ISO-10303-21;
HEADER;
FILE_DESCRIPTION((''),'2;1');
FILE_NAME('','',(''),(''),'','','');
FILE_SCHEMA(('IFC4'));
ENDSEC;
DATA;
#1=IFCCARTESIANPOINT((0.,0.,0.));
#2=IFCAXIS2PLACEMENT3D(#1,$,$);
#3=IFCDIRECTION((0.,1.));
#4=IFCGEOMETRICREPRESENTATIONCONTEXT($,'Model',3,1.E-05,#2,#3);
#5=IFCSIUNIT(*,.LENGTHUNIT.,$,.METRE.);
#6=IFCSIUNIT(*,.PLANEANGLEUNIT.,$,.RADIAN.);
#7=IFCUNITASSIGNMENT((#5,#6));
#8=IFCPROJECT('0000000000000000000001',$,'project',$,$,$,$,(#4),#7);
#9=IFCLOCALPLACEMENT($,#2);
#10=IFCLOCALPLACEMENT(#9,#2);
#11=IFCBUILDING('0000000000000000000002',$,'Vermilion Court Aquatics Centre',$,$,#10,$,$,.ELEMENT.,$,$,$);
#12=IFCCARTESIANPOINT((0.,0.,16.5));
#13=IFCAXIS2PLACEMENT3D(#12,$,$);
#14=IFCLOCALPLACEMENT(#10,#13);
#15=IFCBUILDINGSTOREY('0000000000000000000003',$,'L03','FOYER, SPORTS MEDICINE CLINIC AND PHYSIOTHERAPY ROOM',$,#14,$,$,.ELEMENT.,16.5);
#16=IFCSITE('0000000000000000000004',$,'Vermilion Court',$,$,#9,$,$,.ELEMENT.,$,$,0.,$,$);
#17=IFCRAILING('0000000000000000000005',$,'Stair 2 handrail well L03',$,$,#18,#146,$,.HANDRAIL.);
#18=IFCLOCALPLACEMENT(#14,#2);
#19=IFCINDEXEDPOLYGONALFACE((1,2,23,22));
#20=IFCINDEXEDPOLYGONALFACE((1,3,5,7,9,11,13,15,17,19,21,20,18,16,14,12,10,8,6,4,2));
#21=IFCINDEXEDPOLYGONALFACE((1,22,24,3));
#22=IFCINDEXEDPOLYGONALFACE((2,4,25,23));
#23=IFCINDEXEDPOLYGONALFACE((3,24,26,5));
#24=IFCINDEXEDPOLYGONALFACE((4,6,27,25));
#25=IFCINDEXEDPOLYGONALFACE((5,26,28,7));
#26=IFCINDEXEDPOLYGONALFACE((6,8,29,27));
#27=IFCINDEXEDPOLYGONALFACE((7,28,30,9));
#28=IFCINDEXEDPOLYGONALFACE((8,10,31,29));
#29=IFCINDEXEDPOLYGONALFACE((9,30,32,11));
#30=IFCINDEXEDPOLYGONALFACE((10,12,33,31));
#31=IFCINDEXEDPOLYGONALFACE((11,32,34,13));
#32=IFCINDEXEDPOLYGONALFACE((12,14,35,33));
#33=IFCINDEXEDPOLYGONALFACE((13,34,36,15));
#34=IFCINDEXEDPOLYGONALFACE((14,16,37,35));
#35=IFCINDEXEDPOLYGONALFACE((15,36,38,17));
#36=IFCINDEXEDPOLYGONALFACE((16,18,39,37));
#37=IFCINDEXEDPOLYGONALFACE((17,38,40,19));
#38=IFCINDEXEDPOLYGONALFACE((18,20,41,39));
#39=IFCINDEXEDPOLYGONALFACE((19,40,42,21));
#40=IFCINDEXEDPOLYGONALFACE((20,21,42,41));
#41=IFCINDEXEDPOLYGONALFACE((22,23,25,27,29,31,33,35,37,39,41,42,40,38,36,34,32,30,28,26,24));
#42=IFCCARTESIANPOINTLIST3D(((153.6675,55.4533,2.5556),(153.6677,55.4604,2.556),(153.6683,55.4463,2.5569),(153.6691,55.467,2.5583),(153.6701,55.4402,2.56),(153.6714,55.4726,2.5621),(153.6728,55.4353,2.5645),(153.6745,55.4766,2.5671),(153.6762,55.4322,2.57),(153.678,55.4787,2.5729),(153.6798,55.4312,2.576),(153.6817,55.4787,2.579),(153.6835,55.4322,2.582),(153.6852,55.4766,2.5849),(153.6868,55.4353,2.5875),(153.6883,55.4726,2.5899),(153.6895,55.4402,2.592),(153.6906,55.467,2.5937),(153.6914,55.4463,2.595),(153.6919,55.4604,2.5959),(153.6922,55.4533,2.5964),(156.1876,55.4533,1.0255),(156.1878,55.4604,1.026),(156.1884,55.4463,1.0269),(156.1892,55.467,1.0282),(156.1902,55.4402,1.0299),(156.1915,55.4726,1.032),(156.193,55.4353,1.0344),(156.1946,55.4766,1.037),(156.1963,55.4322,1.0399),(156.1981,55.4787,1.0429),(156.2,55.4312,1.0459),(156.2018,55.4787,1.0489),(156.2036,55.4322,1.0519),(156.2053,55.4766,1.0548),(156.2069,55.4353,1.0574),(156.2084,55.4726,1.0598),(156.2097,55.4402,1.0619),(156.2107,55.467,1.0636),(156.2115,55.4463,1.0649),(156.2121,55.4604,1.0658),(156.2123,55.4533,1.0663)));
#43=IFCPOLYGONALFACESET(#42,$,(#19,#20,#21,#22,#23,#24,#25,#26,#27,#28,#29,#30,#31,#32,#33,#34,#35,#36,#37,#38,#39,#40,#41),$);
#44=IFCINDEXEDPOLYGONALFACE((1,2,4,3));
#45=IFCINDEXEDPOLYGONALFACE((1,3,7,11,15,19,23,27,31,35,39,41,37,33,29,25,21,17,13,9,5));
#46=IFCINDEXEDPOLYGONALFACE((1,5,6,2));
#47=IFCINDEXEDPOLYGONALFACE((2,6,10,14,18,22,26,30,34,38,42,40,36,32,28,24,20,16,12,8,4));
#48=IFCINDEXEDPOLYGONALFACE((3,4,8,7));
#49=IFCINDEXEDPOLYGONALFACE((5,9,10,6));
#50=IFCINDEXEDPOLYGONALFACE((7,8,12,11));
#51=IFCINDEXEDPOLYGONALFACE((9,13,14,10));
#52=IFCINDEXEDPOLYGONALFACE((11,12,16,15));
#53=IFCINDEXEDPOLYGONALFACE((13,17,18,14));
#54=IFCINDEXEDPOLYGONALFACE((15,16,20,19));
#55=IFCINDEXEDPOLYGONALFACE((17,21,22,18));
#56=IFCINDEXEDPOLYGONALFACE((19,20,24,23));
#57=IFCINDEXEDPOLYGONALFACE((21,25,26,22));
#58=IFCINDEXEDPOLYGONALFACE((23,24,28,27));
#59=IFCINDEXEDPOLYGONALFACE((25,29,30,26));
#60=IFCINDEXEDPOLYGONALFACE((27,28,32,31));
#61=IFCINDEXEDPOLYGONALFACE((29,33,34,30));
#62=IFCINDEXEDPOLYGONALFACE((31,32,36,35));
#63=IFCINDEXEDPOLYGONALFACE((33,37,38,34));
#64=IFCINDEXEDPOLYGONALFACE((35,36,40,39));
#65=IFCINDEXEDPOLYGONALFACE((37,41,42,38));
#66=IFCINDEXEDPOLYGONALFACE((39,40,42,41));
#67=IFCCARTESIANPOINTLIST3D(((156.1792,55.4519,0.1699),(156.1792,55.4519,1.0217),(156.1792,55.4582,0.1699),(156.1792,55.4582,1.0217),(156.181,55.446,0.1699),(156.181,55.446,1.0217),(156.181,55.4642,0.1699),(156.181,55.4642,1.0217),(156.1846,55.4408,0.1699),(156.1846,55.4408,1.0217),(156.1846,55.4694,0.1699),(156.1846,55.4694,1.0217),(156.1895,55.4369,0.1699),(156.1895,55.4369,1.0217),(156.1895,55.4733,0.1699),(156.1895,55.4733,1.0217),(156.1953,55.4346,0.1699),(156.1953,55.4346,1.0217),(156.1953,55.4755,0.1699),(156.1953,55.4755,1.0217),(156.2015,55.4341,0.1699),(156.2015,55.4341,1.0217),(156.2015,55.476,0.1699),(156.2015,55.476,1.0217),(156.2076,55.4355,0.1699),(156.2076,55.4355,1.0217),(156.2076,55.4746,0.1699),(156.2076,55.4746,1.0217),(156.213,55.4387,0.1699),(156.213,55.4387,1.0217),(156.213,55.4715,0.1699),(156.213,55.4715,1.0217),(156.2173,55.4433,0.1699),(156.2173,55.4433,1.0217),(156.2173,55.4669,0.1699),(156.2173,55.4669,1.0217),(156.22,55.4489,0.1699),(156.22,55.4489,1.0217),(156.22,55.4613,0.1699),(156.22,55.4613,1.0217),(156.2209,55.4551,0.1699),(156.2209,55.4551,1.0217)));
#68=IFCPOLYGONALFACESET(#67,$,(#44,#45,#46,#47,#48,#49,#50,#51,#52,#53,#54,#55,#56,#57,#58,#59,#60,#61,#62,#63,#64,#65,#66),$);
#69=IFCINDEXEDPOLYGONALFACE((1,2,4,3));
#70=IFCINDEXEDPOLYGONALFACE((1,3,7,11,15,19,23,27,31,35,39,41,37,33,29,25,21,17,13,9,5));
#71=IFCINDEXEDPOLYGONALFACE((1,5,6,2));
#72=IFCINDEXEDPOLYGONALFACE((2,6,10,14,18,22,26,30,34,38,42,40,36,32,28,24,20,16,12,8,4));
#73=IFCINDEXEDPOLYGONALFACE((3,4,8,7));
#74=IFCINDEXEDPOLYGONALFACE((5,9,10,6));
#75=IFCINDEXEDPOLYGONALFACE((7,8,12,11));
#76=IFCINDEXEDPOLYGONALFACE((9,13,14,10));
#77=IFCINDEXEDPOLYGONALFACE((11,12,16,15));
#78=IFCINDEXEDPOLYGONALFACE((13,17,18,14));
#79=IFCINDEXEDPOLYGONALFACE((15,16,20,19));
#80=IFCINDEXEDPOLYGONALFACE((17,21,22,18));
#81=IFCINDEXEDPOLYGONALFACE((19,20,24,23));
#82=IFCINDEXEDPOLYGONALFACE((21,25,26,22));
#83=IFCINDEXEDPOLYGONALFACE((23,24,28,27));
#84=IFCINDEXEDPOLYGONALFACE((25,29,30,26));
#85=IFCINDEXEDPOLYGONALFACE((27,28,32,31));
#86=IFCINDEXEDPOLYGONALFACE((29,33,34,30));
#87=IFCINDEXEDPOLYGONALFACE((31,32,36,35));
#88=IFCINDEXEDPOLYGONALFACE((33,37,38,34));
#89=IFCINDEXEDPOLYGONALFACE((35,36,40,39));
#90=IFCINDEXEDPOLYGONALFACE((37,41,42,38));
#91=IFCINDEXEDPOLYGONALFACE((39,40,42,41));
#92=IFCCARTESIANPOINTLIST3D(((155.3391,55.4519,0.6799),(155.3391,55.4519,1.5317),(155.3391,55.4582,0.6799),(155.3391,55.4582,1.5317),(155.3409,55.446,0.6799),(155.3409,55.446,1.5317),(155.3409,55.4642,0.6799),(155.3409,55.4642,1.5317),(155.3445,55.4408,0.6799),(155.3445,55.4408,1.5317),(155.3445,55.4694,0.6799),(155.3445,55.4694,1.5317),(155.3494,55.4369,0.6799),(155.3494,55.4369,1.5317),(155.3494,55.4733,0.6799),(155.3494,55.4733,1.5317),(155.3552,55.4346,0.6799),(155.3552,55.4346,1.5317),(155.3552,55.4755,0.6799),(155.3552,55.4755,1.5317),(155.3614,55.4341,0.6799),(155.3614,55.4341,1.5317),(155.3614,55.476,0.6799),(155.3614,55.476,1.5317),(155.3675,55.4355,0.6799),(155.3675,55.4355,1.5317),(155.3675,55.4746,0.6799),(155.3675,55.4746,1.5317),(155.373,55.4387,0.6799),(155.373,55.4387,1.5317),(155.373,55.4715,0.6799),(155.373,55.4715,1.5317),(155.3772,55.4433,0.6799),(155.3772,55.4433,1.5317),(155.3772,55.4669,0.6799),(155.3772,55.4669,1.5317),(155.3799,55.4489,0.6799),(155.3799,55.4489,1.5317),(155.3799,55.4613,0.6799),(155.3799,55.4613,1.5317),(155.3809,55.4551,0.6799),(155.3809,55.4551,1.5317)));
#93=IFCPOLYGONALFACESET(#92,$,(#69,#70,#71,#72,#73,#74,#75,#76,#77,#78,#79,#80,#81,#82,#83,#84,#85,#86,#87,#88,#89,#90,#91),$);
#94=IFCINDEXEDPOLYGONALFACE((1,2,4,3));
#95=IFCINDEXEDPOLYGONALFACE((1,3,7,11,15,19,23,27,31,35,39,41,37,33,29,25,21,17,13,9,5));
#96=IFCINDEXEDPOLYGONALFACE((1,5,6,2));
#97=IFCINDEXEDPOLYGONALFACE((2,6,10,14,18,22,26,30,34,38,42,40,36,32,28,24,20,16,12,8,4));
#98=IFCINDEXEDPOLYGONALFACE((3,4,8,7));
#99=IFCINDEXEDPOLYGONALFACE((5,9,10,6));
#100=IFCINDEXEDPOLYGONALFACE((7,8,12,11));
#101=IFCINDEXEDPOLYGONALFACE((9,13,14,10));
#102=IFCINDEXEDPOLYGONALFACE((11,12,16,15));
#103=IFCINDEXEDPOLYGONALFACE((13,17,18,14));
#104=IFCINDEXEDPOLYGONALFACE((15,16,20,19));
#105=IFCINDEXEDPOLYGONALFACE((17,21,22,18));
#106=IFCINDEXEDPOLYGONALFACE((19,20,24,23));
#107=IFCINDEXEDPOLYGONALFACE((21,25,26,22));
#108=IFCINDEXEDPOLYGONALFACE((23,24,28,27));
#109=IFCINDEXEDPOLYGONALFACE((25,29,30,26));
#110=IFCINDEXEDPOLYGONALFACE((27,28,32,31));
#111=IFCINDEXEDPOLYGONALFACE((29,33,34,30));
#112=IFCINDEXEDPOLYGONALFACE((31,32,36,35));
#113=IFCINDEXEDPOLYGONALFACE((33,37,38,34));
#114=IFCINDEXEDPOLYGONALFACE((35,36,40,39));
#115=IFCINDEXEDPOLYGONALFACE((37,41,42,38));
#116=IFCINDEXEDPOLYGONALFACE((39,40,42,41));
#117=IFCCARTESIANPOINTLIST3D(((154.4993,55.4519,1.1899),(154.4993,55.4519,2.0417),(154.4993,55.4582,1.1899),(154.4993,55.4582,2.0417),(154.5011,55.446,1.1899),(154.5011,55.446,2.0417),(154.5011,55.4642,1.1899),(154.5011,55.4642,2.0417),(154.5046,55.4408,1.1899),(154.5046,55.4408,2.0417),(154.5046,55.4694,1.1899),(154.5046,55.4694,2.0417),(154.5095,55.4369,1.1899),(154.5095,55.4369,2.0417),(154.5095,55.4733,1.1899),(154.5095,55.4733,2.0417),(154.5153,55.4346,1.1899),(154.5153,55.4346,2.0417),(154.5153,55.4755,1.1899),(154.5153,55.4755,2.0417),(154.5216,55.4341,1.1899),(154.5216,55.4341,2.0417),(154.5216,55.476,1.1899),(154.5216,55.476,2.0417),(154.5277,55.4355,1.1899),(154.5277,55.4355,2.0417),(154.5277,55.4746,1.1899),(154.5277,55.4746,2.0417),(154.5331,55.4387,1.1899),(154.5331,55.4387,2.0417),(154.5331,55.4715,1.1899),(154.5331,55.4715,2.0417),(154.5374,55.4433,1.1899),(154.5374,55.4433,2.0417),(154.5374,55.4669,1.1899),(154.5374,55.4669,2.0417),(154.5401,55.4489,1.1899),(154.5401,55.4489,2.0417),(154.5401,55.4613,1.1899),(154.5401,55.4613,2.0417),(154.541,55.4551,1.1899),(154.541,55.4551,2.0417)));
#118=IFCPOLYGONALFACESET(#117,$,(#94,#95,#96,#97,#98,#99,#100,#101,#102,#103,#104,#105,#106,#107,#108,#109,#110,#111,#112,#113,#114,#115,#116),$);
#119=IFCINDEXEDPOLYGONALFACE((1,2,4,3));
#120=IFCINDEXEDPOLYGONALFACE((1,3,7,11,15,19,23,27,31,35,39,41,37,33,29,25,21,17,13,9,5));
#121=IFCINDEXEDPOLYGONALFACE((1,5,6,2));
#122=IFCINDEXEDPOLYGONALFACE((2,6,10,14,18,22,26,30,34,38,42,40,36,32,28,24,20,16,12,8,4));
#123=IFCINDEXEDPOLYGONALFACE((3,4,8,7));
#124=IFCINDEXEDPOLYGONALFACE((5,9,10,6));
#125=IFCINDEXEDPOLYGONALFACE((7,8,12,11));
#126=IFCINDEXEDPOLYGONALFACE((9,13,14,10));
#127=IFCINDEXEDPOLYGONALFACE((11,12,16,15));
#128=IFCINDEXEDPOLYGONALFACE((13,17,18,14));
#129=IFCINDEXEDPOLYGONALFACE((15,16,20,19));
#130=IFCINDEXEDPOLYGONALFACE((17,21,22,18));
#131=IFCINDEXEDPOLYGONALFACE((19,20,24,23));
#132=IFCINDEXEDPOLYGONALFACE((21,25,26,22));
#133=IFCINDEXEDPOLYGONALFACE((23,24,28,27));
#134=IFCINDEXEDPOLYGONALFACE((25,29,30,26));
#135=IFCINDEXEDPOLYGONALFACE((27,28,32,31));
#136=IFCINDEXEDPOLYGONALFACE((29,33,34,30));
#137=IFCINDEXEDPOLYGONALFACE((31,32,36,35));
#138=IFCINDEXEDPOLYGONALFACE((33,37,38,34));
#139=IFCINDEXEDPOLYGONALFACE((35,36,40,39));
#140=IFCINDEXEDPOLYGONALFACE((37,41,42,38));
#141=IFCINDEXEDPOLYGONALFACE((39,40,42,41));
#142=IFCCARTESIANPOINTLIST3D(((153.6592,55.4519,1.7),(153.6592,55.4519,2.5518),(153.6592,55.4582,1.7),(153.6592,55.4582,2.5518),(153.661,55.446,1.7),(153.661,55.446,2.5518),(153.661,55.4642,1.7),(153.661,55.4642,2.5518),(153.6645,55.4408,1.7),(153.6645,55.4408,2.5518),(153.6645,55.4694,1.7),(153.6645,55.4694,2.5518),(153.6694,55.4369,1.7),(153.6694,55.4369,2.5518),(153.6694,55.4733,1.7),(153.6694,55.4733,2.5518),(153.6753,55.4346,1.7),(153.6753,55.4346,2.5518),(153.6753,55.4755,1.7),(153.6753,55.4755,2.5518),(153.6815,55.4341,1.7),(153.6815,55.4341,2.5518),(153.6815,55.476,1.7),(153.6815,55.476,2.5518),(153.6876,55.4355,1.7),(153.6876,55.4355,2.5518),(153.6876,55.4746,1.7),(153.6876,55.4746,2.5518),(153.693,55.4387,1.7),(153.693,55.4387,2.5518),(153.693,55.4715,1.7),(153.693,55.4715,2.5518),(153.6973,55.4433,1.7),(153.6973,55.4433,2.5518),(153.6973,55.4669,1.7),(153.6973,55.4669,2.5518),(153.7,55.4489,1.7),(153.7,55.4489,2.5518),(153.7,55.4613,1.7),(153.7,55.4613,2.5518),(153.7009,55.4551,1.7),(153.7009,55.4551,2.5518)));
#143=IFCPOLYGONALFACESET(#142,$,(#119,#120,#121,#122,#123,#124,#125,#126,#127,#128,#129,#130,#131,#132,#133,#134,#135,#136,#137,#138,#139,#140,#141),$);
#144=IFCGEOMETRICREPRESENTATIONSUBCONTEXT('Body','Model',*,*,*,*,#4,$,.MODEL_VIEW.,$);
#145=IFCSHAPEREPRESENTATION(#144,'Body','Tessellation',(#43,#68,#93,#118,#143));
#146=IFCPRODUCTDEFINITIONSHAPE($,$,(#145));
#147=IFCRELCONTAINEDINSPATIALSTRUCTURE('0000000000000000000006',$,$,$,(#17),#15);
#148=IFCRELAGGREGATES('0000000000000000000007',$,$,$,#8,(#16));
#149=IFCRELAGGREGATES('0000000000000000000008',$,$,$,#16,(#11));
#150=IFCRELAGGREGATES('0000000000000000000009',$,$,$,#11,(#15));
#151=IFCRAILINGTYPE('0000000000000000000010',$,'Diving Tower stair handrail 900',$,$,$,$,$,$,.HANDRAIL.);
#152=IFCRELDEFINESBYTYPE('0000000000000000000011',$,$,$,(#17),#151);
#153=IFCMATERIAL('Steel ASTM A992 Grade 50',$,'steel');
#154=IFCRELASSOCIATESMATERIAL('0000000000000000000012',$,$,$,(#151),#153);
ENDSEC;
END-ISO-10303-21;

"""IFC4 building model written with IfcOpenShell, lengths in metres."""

from ifc_helpers import new_model, si_unit, direction, frame, origin, origin_2d, place, context, subcontext, project, spatial, circle, extrude, material, type_object, element, save


model = new_model("IFC4")

# Units and contexts
model_context = context("Model", 3, precision=1e-05, world=origin(), true_north=direction((0.0, 1.0)))
body_context = subcontext(model_context, "Body", "Model", "MODEL_VIEW")
ifc_project = project(units=[si_unit("LENGTHUNIT", "METRE"), si_unit("PLANEANGLEUNIT", "RADIAN")], contexts=[model_context])

# Site, building, storey
site_placement = place(None, origin())
site = spatial("IfcSite", under=ifc_project, at=site_placement, Name="Vermilion Court", CompositionType="ELEMENT", RefElevation=0.0)
building_placement = place(site_placement, origin())
building = spatial("IfcBuilding", under=site, at=building_placement, Name="Vermilion Court Aquatics Centre", CompositionType="ELEMENT")
storey_placement = place(building_placement, frame((0.0, 0.0, 16.5)))
storey = spatial("IfcBuildingStorey", under=building, at=storey_placement, Name="L03", Description="FOYER, SPORTS MEDICINE CLINIC AND PHYSIOTHERAPY ROOM", CompositionType="ELEMENT", Elevation=16.5)

# Railing
ifc_material_1 = material(Name="Steel ASTM A992 Grade 50", Category="steel")
railing_type_1 = type_object("IfcRailingType", Name="Diving Tower stair handrail 900", PredefinedType="HANDRAIL", material=ifc_material_1)
for number, where, name in (
    (1, (156.2, 55.4551, 0.1699), "Stair 2 handrail well L03"),
):
    element("IfcRailing", number, at=place(storey_placement, frame(where)), inside=storey, type_object=railing_type_1, Name=name, PredefinedType="HANDRAIL", context=body_context, shape_type="SweptSolid", body=[
        extrude(circle(Radius=0.0239, at=origin_2d()), frame((0.0, 0.0, 0.876), z_axis=(-0.854785, 0.0, 0.518982), x_axis=(0.0, -1.0, 0.0)), (0.0, 0.0, 1.0), 2.9482),
        extrude(circle(Radius=0.021, at=origin_2d()), origin(), (0.0, 0.0, 1.0), 0.8518),
        extrude(circle(Radius=0.021, at=origin_2d()), frame((-0.8401, 0.0, 0.51)), (0.0, 0.0, 1.0), 0.8518),
        extrude(circle(Radius=0.021, at=origin_2d()), frame((-1.6799, 0.0, 1.02)), (0.0, 0.0, 1.0), 0.8518),
        extrude(circle(Radius=0.021, at=origin_2d()), frame((-2.52, 0.0, 1.53)), (0.0, 0.0, 1.0), 0.8518),
    ])

save(model, "model.ifc")
